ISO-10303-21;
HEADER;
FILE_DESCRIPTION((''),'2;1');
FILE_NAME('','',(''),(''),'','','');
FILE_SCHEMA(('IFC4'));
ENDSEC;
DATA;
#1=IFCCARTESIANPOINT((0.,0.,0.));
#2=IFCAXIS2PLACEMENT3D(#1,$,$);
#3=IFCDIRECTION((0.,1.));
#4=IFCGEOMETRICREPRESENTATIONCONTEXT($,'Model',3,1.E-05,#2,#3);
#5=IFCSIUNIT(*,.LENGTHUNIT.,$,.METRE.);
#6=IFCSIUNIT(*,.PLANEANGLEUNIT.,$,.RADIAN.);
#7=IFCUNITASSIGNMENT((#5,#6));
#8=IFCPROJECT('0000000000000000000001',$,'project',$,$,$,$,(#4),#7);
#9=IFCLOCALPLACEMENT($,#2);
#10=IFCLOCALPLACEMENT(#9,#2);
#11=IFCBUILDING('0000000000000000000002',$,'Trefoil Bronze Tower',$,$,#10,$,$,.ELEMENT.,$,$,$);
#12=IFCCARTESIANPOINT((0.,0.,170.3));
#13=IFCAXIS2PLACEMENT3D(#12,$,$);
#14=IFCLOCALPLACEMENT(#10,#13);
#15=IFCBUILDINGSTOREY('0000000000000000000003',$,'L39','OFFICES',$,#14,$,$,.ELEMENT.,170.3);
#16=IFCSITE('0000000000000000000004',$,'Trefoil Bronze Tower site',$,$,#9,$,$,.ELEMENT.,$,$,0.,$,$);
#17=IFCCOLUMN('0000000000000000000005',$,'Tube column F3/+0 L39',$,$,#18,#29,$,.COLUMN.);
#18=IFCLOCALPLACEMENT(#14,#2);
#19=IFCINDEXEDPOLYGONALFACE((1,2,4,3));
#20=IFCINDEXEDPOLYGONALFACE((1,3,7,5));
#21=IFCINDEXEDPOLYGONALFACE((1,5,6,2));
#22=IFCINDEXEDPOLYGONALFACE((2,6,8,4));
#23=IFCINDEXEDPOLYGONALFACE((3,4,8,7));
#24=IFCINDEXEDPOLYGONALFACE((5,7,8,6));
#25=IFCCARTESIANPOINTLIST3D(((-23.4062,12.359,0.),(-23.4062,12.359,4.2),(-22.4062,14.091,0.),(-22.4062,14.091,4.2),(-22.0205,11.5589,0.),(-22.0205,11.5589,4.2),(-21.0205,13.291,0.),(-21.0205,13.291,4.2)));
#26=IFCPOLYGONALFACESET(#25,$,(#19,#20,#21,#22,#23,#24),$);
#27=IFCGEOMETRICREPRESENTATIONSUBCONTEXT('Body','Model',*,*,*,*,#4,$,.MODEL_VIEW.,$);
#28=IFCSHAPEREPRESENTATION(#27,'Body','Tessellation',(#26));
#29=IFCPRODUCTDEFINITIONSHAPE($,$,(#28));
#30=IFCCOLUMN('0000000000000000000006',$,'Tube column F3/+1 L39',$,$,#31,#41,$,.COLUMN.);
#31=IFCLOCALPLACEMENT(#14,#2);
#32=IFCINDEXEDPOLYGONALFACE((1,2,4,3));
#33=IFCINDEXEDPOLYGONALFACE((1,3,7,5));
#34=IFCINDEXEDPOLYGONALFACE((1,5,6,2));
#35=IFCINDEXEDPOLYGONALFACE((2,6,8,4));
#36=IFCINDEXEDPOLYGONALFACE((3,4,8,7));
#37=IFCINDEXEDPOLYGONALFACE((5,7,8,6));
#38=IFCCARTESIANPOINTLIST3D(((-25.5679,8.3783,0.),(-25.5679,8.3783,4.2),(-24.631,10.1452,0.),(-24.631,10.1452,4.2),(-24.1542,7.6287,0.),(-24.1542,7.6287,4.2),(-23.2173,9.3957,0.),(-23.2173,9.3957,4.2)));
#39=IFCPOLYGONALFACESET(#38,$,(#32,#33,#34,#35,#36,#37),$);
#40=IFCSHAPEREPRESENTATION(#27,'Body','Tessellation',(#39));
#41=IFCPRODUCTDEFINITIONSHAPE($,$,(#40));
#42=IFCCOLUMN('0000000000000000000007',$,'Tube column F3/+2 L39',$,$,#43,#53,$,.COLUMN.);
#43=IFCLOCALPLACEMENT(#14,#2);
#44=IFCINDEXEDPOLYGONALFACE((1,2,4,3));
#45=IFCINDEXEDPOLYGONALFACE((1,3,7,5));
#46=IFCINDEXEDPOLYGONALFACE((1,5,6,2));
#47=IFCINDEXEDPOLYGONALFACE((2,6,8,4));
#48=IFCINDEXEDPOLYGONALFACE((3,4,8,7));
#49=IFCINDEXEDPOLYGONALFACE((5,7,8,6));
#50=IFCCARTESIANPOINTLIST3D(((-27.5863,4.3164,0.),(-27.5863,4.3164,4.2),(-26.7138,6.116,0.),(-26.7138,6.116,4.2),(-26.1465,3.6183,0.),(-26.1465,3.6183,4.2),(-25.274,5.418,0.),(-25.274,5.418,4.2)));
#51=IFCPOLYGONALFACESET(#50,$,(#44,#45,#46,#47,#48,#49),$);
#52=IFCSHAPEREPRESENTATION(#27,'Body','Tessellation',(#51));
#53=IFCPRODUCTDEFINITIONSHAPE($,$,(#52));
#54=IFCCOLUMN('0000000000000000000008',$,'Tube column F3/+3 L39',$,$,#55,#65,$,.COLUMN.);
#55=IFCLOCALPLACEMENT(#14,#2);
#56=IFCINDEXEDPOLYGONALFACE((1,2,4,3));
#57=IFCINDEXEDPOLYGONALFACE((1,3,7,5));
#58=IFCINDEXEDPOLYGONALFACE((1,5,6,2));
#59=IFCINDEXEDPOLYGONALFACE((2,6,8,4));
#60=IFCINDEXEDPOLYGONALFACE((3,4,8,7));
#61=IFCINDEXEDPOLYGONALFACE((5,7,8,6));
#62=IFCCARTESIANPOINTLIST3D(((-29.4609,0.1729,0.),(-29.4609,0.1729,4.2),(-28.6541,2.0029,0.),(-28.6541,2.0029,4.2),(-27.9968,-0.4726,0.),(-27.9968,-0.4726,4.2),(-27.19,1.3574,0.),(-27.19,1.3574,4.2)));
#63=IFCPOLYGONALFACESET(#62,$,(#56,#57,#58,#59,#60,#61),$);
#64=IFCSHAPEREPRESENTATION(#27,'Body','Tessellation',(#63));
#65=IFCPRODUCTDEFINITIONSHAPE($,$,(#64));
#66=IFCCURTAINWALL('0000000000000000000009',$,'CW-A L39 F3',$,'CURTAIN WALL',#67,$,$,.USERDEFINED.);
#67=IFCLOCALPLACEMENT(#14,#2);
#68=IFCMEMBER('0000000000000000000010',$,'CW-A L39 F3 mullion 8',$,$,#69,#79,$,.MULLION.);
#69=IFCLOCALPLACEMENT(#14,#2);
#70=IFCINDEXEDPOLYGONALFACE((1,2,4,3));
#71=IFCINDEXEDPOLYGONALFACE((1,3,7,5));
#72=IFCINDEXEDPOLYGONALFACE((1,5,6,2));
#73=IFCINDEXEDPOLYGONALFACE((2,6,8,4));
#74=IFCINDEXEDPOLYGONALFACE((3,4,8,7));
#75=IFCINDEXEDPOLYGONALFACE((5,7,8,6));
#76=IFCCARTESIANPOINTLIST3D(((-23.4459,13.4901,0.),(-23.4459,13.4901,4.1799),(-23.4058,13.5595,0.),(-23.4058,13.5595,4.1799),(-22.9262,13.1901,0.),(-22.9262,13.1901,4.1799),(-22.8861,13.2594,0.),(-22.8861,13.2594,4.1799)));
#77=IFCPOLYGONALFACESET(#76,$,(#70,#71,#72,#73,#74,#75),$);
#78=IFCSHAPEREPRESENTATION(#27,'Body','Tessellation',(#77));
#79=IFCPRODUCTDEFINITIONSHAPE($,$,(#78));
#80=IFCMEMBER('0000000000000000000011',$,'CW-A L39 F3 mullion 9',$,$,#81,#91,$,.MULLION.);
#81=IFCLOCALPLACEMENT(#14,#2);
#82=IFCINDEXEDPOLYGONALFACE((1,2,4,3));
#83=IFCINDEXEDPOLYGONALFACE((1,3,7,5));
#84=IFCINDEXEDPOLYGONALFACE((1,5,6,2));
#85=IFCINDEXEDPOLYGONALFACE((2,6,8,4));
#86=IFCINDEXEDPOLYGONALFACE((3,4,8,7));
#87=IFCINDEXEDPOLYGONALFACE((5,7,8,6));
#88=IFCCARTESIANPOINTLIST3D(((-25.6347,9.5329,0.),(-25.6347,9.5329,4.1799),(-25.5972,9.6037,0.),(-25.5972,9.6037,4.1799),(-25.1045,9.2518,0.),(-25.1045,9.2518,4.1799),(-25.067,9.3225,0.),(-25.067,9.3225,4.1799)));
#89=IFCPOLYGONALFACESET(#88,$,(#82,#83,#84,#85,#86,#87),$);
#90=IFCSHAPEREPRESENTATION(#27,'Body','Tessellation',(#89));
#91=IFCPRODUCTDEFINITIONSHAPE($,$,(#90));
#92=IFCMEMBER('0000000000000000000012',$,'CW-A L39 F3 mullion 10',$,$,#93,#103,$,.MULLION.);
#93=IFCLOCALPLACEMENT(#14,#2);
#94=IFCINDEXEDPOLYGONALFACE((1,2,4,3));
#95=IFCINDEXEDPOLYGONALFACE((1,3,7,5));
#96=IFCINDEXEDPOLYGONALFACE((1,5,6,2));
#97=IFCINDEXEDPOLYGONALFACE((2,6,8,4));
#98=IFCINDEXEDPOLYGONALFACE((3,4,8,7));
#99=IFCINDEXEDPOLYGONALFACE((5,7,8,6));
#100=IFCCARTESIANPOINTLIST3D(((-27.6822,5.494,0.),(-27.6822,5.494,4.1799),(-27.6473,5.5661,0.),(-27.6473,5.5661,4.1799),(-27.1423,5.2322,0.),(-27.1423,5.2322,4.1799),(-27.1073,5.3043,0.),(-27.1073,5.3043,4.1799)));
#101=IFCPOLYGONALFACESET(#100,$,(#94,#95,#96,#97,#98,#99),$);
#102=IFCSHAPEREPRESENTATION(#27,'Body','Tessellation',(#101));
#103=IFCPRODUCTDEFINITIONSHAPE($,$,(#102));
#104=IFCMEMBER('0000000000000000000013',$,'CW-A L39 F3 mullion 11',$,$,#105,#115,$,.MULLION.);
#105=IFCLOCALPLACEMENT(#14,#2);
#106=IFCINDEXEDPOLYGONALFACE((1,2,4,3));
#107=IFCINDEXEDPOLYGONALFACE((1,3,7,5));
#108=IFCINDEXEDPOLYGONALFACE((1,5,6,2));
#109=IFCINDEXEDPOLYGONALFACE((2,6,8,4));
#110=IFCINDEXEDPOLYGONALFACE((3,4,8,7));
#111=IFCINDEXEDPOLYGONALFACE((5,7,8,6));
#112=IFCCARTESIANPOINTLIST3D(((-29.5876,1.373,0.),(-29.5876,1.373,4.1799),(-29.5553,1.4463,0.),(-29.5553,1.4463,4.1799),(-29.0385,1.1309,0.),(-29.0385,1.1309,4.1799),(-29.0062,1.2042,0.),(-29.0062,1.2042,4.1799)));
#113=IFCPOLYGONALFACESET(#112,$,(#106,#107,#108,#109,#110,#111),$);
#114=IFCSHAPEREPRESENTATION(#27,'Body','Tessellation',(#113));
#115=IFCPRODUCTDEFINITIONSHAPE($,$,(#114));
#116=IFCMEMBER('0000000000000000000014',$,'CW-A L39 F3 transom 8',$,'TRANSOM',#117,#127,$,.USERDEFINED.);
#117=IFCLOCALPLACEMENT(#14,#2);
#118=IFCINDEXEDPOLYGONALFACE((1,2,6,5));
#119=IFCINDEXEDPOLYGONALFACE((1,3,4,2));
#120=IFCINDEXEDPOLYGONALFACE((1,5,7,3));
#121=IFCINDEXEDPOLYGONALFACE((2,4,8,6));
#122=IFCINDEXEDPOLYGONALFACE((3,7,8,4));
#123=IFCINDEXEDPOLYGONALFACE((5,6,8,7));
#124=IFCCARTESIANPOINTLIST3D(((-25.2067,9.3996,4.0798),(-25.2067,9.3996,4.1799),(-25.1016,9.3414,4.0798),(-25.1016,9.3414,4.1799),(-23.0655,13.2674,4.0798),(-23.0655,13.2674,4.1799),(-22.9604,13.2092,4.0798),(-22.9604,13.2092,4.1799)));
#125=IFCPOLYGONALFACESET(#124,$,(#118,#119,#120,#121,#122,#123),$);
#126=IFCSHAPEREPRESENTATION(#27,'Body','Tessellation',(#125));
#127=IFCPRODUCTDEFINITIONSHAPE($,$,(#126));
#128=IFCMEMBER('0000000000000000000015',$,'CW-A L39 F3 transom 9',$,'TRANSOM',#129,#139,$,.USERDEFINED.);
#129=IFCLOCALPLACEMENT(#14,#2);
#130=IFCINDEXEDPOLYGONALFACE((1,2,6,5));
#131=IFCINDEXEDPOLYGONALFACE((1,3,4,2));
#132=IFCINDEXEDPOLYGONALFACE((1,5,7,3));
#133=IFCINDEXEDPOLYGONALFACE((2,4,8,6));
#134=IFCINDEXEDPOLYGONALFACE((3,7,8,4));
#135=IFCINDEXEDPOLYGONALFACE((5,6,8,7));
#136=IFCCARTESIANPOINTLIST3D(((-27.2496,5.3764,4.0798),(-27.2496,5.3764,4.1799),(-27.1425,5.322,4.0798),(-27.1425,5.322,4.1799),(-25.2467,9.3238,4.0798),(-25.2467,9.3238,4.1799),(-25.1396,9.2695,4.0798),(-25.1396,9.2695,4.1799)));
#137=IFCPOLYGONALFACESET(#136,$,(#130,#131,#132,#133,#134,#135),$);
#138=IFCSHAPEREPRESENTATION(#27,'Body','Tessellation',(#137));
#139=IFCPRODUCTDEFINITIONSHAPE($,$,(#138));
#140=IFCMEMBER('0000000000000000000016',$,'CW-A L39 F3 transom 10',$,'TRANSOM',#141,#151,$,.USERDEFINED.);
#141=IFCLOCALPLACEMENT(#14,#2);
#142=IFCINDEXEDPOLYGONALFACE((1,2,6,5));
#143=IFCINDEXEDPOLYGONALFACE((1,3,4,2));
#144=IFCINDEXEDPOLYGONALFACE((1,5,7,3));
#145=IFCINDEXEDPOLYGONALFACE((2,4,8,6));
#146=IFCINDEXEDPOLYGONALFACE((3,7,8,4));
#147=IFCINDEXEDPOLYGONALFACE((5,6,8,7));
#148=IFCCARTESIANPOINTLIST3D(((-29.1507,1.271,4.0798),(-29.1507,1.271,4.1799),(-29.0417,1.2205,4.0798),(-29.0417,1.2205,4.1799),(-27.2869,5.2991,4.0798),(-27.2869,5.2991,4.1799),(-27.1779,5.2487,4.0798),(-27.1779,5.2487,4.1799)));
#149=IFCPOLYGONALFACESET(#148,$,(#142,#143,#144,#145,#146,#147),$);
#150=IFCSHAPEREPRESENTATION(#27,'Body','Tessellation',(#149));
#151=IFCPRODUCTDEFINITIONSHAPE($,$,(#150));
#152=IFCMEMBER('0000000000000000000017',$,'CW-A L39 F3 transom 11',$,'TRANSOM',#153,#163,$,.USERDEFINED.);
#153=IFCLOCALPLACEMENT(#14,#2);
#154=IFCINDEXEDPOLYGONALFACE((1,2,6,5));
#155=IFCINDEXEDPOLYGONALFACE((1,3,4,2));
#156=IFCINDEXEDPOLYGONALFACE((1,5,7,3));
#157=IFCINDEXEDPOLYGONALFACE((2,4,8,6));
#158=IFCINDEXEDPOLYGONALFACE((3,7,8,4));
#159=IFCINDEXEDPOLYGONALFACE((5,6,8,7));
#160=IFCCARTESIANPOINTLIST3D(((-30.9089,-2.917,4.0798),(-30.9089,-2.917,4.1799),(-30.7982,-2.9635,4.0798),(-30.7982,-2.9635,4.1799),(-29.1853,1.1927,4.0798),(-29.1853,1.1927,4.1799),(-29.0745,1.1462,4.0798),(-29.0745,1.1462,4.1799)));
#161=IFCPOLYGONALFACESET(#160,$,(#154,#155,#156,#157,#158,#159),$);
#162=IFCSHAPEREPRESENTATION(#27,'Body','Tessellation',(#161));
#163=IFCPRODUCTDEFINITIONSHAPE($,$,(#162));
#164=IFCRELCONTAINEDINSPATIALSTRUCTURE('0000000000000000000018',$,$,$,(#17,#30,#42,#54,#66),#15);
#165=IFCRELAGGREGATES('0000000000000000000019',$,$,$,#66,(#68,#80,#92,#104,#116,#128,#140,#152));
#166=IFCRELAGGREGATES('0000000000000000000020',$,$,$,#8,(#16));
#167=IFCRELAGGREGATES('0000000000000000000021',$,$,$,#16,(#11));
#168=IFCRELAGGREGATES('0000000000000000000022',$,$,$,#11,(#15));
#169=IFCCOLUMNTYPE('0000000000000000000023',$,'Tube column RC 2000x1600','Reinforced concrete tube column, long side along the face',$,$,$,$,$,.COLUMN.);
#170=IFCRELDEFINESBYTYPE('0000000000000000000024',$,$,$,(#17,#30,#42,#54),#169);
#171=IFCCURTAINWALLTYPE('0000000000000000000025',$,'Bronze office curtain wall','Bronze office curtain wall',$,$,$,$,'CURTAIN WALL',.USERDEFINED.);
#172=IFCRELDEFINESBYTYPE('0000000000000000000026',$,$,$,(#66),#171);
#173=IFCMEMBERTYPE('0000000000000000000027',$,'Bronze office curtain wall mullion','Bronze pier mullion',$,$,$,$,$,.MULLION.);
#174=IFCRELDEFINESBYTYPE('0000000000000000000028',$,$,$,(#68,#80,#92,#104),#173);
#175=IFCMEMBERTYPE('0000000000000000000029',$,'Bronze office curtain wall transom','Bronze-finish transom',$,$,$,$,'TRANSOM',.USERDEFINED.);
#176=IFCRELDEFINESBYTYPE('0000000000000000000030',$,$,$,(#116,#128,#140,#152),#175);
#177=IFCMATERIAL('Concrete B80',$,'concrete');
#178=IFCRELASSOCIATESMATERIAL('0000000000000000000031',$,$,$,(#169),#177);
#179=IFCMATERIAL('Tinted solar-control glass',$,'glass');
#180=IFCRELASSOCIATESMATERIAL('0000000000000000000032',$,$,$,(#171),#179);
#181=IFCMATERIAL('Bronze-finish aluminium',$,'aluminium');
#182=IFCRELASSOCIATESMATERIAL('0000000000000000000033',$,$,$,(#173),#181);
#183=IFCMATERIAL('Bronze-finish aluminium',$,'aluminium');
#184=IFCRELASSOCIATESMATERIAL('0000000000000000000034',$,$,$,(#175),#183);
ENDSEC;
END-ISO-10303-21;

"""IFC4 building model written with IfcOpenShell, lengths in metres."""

from ifc_helpers import new_model, si_unit, direction, frame, origin, origin_2d, place, context, subcontext, project, spatial, rectangle, extrude, material, material_profile, profile_set, type_object, element, aggregate, save


model = new_model("IFC4")

# Units and contexts
model_context = context("Model", 3, precision=1e-05, world=origin(), true_north=direction((0.0, 1.0)))
body_context = subcontext(model_context, "Body", "Model", "MODEL_VIEW")
ifc_project = project(units=[si_unit("LENGTHUNIT", "METRE"), si_unit("PLANEANGLEUNIT", "RADIAN")], contexts=[model_context])

# Site, building, storey
site_placement = place(None, origin())
site = spatial("IfcSite", under=ifc_project, at=site_placement, Name="Trefoil Bronze Tower site", CompositionType="ELEMENT", RefElevation=0.0)
building_placement = place(site_placement, origin())
building = spatial("IfcBuilding", under=site, at=building_placement, Name="Trefoil Bronze Tower", CompositionType="ELEMENT")
storey_placement = place(building_placement, frame((0.0, 0.0, 170.3)))
storey = spatial("IfcBuildingStorey", under=building, at=storey_placement, Name="L39", Description="OFFICES", CompositionType="ELEMENT", Elevation=170.3)

# Columns
ifc_material_1 = material(Name="Concrete B80", Category="concrete")
ifc_material_profile_1 = material_profile(ifc_material_1, rectangle(XDim=2.0, YDim=1.6001, at=origin_2d()), Name="RC 2000x1600")
ifc_profile_set_1 = profile_set([ifc_material_profile_1], Name="Concrete B80")
column_type = type_object("IfcColumnType", Name="Tube column RC 2000x1600", Description="Reinforced concrete tube column, long side along the face", PredefinedType="COLUMN", material=ifc_profile_set_1)
for number, where, z_axis, x_axis, name in (
    (1, (-22.2134, 12.825, 0.0), (0.0, 0.0, 1.0), (-0.5, -0.866025, 0.0), "Tube column F3/+0 L39"),
    (2, (-24.3926, 8.887, 0.0), (0.0, 0.0, 1.0), (-0.468457, -0.883486, 0.0), "Tube column F3/+1 L39"),
    (3, (-26.4302, 4.8672, 0.0), (0.0, 0.0, 1.0), (-0.436262, -0.89982, 0.0), "Tube column F3/+2 L39"),
    (4, (-28.3254, 0.7651, 0.0), (0.0, 0.0, 1.0), (-0.403412, -0.915018, 0.0), "Tube column F3/+3 L39"),
):
    element("IfcColumn", number, at=place(storey_placement, frame(where, z_axis=z_axis, x_axis=x_axis)), inside=storey, type_object=column_type, Name=name, PredefinedType="COLUMN", context=body_context, shape_type="SweptSolid", body=[
        extrude(rectangle(XDim=2.0, YDim=1.6001, at=origin_2d()), origin(), (0.0, 0.0, 1.0), 4.2),
    ])

# Curtain wall, members
ifc_material_2 = material(Name="Tinted solar-control glass", Category="glass")
curtain_wall_type = type_object("IfcCurtainWallType", Name="Bronze office curtain wall", Description="Bronze office curtain wall", ElementType="CURTAIN WALL", PredefinedType="USERDEFINED", material=ifc_material_2)
curtain_wall_placement = place(storey_placement, origin())
curtain_wall = element("IfcCurtainWall", 5, at=curtain_wall_placement, inside=storey, type_object=curtain_wall_type, Name="CW-A L39 F3", ObjectType="CURTAIN WALL", PredefinedType="USERDEFINED")
ifc_material_3 = material(Name="Bronze-finish aluminium", Category="aluminium")
ifc_material_profile_2 = material_profile(ifc_material_3, rectangle(XDim=0.6001, YDim=0.0801, at=origin_2d()), Name="CW-A mullion")
ifc_profile_set_2 = profile_set([ifc_material_profile_2], Name="Bronze-finish aluminium")
member_type_1 = type_object("IfcMemberType", Name="Bronze office curtain wall mullion", Description="Bronze pier mullion", PredefinedType="MULLION", material=ifc_profile_set_2)
member_1_placement = place(storey_placement, frame((-23.166, 13.3748, 0.0), z_axis=(0.0, 0.0, 1.0), x_axis=(0.866025, -0.5, 0.0)))
member_1 = element("IfcMember", 6, at=member_1_placement, type_object=member_type_1, Name="CW-A L39 F3 mullion 8", PredefinedType="MULLION", context=body_context, shape_type="SweptSolid", body=[
    extrude(rectangle(XDim=0.6001, YDim=0.0801, at=origin_2d()), origin(), (0.0, 0.0, 1.0), 4.1799),
])
member_2_placement = place(storey_placement, frame((-25.3508, 9.4277, 0.0), z_axis=(0.0, 0.0, 1.0), x_axis=(0.883486, -0.468457, 0.0)))
member_2 = element("IfcMember", 7, at=member_2_placement, type_object=member_type_1, Name="CW-A L39 F3 mullion 9", PredefinedType="MULLION", context=body_context, shape_type="SweptSolid", body=[
    extrude(rectangle(XDim=0.6001, YDim=0.0801, at=origin_2d()), origin(), (0.0, 0.0, 1.0), 4.1799),
])
member_3_placement = place(storey_placement, frame((-27.3948, 5.3992, 0.0), z_axis=(0.0, 0.0, 1.0), x_axis=(0.89982, -0.436262, 0.0)))
member_3 = element("IfcMember", 8, at=member_3_placement, type_object=member_type_1, Name="CW-A L39 F3 mullion 10", PredefinedType="MULLION", context=body_context, shape_type="SweptSolid", body=[
    extrude(rectangle(XDim=0.6001, YDim=0.0801, at=origin_2d()), origin(), (0.0, 0.0, 1.0), 4.1799),
])
member_4_placement = place(storey_placement, frame((-29.2969, 1.2886, 0.0), z_axis=(0.0, 0.0, 1.0), x_axis=(0.915018, -0.403412, 0.0)))
member_4 = element("IfcMember", 9, at=member_4_placement, type_object=member_type_1, Name="CW-A L39 F3 mullion 11", PredefinedType="MULLION", context=body_context, shape_type="SweptSolid", body=[
    extrude(rectangle(XDim=0.6001, YDim=0.0801, at=origin_2d()), origin(), (0.0, 0.0, 1.0), 4.1799),
])
ifc_material_4 = material(Name="Bronze-finish aluminium", Category="aluminium")
ifc_material_profile_3 = material_profile(ifc_material_4, rectangle(XDim=0.1201, YDim=0.1001, at=origin_2d()), Name="CW-A transom")
ifc_profile_set_3 = profile_set([ifc_material_profile_3], Name="Bronze-finish aluminium")
member_type_2 = type_object("IfcMemberType", Name="Bronze office curtain wall transom", Description="Bronze-finish transom", ElementType="TRANSOM", PredefinedType="USERDEFINED", material=ifc_profile_set_3)
member_5_placement = place(storey_placement, frame((-23.0129, 13.2383, 4.1299), z_axis=(-0.484329, -0.874886, 0.0), x_axis=(0.874886, -0.484329, 0.0)))
member_5 = element("IfcMember", 10, at=member_5_placement, type_object=member_type_2, Name="CW-A L39 F3 transom 8", ObjectType="TRANSOM", PredefinedType="USERDEFINED", context=body_context, shape_type="SweptSolid", body=[
    extrude(rectangle(XDim=0.1201, YDim=0.1001, at=origin_2d()), origin(), (0.0, 0.0, 1.0), 4.4209),
])
member_6_placement = place(storey_placement, frame((-25.1931, 9.2966, 4.1299), z_axis=(-0.452478, -0.891775, 0.0), x_axis=(0.891775, -0.452478, 0.0)))
member_6 = element("IfcMember", 11, at=member_6_placement, type_object=member_type_2, Name="CW-A L39 F3 transom 9", ObjectType="TRANSOM", PredefinedType="USERDEFINED", context=body_context, shape_type="SweptSolid", body=[
    extrude(rectangle(XDim=0.1201, YDim=0.1001, at=origin_2d()), origin(), (0.0, 0.0, 1.0), 4.4265),
])
member_7_placement = place(storey_placement, frame((-27.2324, 5.2739, 4.1299), z_axis=(-0.419923, -0.90756, 0.0), x_axis=(0.90756, -0.419923, 0.0)))
member_7 = element("IfcMember", 12, at=member_7_placement, type_object=member_type_2, Name="CW-A L39 F3 transom 10", ObjectType="TRANSOM", PredefinedType="USERDEFINED", context=body_context, shape_type="SweptSolid", body=[
    extrude(rectangle(XDim=0.1201, YDim=0.1001, at=origin_2d()), origin(), (0.0, 0.0, 1.0), 4.4385),
])
member_8_placement = place(storey_placement, frame((-29.1299, 1.1694, 4.1299), z_axis=(-0.386773, -0.922175, 0.0), x_axis=(0.922175, -0.386773, 0.0)))
member_8 = element("IfcMember", 13, at=member_8_placement, type_object=member_type_2, Name="CW-A L39 F3 transom 11", ObjectType="TRANSOM", PredefinedType="USERDEFINED", context=body_context, shape_type="SweptSolid", body=[
    extrude(rectangle(XDim=0.1201, YDim=0.1001, at=origin_2d()), origin(), (0.0, 0.0, 1.0), 4.4565),
])

aggregate(curtain_wall, [member_1, member_2, member_3, member_4, member_5, member_6, member_7, member_8])

save(model, "model.ifc")
